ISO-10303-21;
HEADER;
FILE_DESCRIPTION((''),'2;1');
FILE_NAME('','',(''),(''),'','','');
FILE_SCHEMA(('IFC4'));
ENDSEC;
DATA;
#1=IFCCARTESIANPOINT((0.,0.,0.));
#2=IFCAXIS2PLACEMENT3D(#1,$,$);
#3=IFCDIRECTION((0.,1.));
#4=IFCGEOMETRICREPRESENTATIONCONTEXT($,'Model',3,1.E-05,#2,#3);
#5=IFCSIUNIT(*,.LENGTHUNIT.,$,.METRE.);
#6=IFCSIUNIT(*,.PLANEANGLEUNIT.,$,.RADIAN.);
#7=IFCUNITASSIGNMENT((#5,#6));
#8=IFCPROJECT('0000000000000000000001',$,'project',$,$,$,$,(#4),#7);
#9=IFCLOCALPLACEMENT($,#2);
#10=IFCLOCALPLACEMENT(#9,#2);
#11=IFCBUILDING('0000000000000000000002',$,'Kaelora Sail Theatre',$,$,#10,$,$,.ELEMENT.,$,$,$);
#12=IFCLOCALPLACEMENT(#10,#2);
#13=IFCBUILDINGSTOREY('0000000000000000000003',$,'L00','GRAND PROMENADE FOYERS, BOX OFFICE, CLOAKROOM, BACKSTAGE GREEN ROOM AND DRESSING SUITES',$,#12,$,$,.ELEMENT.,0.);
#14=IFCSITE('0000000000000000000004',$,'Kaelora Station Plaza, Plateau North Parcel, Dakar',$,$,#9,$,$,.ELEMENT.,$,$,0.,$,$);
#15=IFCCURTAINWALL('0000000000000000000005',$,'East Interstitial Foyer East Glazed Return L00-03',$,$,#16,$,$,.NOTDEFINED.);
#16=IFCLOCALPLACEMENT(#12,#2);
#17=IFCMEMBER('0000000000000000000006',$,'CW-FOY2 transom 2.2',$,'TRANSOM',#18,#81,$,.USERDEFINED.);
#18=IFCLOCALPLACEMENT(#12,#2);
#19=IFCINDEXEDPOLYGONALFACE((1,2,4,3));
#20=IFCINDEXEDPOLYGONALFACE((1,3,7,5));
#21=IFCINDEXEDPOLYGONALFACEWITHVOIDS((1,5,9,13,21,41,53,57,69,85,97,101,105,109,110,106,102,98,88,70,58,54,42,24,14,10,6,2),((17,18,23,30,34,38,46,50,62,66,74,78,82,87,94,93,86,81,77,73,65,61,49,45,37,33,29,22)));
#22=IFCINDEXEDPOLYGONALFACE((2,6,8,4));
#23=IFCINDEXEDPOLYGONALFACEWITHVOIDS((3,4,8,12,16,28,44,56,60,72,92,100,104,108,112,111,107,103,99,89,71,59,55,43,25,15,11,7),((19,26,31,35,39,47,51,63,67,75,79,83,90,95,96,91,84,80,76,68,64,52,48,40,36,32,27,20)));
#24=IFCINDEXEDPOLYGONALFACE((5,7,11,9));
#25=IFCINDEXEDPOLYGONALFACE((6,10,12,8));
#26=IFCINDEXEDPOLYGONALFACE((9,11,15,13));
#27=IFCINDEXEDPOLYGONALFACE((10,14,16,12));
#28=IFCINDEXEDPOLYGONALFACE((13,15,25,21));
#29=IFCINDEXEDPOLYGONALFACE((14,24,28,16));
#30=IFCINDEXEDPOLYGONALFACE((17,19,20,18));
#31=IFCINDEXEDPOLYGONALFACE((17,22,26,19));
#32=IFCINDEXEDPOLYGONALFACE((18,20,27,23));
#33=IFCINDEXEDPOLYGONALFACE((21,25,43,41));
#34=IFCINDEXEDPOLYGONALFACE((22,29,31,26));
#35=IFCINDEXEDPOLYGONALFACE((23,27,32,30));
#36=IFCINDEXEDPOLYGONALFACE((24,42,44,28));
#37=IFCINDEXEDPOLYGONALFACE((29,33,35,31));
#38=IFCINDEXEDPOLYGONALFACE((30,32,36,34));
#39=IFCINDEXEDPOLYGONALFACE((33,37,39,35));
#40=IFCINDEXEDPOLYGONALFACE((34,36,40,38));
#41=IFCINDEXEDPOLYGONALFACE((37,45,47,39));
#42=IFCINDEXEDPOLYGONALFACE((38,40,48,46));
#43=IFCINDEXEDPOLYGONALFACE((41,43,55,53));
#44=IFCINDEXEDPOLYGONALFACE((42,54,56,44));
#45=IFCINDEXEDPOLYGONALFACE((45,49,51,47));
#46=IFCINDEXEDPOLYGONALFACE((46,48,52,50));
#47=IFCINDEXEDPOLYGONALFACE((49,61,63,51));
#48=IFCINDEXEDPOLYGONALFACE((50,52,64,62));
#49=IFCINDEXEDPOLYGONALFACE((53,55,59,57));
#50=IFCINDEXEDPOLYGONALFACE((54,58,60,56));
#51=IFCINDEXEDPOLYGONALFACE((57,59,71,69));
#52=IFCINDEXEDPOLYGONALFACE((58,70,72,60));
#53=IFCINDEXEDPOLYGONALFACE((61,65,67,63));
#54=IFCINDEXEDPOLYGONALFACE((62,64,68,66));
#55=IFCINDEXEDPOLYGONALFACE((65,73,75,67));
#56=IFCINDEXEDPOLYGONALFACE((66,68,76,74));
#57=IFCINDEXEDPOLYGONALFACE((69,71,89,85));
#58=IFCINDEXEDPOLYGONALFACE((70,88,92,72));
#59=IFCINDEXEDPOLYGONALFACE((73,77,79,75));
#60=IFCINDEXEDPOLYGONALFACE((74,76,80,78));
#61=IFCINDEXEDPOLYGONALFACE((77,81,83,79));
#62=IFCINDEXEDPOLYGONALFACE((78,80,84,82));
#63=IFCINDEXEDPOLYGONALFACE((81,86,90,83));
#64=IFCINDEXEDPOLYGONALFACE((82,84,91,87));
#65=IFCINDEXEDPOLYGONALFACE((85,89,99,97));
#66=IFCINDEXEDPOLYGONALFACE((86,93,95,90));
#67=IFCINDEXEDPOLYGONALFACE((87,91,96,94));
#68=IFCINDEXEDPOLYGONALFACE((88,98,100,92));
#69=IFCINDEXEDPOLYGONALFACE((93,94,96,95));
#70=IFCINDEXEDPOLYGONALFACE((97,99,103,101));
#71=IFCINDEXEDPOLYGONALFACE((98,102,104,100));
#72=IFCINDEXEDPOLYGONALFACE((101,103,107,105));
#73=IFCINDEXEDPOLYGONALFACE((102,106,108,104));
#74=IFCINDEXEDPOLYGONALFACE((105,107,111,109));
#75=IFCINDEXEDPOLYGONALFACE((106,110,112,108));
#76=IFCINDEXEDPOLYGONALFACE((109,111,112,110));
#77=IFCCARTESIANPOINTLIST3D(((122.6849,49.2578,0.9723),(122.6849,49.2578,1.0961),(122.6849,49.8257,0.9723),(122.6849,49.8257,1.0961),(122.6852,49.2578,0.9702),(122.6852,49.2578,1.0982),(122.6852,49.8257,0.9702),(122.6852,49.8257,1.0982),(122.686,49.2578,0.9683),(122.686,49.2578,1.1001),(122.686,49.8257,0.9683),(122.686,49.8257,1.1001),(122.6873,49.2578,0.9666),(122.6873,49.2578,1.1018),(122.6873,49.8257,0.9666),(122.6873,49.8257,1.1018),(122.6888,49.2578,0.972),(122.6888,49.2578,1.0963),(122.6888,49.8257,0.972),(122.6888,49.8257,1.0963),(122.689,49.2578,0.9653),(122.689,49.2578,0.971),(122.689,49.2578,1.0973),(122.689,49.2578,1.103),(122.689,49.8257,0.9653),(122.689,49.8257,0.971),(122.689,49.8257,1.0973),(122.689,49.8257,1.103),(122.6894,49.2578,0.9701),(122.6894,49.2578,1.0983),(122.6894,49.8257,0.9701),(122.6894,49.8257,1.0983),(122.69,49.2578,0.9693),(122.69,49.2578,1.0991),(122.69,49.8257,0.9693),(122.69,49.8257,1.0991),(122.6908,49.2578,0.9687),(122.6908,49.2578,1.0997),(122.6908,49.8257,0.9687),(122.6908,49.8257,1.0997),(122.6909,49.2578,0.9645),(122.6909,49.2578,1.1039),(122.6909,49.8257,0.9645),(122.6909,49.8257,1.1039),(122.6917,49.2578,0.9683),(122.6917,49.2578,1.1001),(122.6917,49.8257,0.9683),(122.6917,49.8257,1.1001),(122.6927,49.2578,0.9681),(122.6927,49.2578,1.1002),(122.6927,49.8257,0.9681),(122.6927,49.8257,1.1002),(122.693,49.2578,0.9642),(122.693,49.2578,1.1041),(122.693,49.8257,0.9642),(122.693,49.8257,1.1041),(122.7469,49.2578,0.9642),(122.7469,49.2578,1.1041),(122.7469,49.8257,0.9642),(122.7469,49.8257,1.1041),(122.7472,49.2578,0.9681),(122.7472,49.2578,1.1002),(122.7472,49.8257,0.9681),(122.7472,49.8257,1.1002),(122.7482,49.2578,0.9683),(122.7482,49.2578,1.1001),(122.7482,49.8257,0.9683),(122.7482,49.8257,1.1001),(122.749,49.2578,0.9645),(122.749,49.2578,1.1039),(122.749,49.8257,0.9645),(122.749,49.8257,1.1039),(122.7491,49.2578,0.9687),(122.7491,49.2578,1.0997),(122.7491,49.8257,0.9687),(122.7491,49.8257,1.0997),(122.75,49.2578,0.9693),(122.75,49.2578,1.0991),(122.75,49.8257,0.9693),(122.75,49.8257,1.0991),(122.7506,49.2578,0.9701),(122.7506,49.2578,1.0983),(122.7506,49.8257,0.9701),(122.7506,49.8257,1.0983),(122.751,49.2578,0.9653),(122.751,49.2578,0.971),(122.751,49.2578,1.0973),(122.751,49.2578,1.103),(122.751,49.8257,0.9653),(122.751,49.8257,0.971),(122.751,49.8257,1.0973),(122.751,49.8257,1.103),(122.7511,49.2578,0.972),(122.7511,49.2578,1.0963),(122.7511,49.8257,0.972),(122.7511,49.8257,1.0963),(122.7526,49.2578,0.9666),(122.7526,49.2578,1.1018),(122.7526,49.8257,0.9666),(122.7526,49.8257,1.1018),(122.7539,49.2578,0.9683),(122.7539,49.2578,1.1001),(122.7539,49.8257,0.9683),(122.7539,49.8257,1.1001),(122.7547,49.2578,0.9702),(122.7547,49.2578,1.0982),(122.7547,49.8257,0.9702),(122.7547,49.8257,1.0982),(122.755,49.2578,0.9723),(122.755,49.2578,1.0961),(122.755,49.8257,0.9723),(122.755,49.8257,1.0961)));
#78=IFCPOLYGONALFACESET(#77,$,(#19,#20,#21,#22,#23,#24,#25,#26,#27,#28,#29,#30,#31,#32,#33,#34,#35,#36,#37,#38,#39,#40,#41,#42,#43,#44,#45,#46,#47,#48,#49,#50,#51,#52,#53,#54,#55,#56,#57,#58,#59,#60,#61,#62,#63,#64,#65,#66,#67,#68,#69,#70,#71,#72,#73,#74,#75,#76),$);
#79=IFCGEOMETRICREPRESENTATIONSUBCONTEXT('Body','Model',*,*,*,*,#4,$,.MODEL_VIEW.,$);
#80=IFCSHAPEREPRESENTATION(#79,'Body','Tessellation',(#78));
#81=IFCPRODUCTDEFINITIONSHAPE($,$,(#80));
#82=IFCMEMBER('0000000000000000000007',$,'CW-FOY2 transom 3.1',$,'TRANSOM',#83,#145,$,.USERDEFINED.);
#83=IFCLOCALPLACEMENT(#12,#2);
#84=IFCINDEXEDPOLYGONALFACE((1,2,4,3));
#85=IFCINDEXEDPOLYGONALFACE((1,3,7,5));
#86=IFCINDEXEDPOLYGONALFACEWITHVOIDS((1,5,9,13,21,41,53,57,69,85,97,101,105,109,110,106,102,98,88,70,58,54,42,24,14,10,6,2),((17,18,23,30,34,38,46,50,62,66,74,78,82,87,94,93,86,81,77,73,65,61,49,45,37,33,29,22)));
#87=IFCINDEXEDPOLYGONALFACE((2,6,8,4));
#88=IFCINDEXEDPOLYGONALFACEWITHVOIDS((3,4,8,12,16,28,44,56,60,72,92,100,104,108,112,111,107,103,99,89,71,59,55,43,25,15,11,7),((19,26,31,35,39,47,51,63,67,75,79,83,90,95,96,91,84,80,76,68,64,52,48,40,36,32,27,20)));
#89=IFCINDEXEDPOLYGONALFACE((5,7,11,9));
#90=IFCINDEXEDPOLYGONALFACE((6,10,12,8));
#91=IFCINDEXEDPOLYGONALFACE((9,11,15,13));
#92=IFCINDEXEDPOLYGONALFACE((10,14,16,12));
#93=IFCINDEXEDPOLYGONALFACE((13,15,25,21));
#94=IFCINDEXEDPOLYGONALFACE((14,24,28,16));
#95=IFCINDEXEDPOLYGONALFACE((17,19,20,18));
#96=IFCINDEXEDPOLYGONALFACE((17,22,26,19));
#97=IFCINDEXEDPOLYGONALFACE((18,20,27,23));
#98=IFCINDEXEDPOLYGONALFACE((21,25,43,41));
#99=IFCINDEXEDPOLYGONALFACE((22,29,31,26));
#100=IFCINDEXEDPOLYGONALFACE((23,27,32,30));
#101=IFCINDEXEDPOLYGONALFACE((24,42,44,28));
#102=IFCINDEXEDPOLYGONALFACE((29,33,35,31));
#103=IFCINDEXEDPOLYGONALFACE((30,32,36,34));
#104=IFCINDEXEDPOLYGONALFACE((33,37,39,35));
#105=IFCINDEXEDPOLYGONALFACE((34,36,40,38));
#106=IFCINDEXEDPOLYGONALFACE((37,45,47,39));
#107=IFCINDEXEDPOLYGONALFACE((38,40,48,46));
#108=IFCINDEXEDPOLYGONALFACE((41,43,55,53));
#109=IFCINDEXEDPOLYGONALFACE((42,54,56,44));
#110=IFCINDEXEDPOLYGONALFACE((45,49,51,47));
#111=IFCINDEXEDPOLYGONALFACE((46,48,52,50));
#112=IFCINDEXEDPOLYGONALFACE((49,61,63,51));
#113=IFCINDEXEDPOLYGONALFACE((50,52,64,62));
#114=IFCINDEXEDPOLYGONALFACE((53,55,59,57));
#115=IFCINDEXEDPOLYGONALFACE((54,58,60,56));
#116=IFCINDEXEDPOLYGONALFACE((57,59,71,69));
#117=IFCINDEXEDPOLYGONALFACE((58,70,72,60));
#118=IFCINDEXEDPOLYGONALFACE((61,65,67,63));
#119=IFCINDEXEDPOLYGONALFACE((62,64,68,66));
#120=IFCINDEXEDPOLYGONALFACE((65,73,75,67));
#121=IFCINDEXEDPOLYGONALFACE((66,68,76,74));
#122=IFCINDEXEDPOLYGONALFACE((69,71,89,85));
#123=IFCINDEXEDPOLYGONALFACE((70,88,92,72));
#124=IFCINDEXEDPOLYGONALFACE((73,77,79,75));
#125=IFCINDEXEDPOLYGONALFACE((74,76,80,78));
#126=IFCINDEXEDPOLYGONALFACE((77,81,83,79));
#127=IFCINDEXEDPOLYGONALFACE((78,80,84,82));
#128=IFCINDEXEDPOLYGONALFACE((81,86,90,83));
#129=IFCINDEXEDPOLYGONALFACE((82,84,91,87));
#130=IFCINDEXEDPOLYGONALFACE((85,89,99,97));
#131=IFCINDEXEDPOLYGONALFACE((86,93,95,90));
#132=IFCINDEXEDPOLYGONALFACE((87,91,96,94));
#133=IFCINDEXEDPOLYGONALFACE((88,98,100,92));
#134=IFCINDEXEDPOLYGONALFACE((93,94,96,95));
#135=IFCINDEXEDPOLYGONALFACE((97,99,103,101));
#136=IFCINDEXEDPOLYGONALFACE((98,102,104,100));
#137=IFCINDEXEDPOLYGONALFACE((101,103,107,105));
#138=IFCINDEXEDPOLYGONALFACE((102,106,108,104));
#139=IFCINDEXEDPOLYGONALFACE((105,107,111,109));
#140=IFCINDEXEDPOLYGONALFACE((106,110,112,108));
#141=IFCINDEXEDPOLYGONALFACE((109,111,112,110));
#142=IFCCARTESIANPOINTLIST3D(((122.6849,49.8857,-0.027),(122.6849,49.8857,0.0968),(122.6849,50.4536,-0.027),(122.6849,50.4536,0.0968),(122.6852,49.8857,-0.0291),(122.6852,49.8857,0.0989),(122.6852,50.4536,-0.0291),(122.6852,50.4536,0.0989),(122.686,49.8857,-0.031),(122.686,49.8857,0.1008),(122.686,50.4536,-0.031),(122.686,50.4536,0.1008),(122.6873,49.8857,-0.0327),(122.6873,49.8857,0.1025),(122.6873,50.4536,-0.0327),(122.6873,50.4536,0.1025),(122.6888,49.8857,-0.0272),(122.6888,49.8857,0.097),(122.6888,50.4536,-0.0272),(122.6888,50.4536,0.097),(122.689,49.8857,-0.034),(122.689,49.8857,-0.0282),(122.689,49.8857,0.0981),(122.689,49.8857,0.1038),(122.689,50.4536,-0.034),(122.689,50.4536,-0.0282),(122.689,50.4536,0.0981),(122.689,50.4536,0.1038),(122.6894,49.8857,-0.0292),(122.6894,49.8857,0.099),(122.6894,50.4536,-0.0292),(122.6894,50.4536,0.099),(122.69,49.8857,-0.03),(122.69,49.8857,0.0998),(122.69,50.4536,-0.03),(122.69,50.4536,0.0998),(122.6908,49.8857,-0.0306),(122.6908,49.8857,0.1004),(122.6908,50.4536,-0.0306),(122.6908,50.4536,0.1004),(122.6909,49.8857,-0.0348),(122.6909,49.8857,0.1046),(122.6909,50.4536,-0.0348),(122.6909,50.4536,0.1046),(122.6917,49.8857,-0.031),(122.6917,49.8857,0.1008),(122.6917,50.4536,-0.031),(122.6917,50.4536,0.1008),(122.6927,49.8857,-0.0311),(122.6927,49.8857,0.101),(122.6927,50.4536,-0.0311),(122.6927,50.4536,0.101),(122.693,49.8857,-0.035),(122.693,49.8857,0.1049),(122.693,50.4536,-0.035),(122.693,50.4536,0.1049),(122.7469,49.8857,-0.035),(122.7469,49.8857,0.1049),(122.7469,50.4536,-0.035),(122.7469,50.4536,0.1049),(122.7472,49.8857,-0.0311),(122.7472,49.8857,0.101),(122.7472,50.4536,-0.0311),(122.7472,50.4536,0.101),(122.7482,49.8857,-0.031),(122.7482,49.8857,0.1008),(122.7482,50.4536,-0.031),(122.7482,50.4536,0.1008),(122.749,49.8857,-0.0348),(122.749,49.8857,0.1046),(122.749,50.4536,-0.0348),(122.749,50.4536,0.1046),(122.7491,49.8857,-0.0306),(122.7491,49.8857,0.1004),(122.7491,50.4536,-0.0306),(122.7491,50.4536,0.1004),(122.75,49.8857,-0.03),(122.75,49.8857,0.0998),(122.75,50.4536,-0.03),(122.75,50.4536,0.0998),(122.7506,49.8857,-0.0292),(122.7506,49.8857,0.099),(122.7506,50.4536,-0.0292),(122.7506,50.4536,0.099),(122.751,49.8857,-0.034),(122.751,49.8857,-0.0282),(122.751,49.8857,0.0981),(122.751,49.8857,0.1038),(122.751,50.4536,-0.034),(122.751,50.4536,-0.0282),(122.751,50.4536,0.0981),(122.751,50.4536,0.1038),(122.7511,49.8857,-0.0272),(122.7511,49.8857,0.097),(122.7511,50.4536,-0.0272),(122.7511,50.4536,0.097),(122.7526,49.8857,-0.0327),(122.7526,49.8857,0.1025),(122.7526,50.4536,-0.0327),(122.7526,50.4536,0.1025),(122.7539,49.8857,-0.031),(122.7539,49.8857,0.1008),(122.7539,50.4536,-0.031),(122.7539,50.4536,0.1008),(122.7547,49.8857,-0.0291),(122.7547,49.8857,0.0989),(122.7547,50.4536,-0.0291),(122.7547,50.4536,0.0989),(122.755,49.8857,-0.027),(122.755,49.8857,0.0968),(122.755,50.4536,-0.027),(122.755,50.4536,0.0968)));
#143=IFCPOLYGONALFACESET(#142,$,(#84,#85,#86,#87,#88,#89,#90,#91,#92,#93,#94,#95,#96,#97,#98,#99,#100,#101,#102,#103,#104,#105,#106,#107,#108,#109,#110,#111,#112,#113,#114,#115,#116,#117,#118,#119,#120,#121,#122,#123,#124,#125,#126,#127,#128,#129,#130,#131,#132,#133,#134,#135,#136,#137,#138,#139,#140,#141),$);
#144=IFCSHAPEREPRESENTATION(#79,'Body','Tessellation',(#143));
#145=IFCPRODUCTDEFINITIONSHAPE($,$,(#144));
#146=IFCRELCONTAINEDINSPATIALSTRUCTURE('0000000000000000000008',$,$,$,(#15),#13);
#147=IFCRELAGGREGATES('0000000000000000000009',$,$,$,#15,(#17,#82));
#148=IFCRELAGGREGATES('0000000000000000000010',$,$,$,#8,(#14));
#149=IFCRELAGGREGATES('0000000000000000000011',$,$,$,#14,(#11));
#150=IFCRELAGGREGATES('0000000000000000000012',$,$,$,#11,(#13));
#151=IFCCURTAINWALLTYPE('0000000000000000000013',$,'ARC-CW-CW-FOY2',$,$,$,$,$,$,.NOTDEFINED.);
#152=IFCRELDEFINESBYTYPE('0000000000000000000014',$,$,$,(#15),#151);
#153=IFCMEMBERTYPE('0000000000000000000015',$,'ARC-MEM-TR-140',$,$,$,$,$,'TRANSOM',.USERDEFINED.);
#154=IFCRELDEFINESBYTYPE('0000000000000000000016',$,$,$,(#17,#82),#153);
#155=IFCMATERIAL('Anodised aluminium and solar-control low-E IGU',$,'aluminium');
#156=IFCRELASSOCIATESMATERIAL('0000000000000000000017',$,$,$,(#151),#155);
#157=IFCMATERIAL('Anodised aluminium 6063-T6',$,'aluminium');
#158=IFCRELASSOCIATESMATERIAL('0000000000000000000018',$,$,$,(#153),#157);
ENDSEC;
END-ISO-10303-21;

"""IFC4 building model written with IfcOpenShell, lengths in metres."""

from ifc_helpers import new_model, si_unit, direction, frame, origin, origin_2d, place, context, subcontext, project, spatial, hollow_rectangle, extrude, material, material_profile, profile_set, type_object, element, aggregate, save


model = new_model("IFC4")

# Units and contexts
model_context = context("Model", 3, precision=1e-05, world=origin(), true_north=direction((0.0, 1.0)))
body_context = subcontext(model_context, "Body", "Model", "MODEL_VIEW")
ifc_project = project(units=[si_unit("LENGTHUNIT", "METRE"), si_unit("PLANEANGLEUNIT", "RADIAN")], contexts=[model_context])

# Site, building, storey
site_placement = place(None, origin())
site = spatial("IfcSite", under=ifc_project, at=site_placement, Name="Kaelora Station Plaza, Plateau North Parcel, Dakar", CompositionType="ELEMENT", RefElevation=0.0)
building_placement = place(site_placement, origin())
building = spatial("IfcBuilding", under=site, at=building_placement, Name="Kaelora Sail Theatre", CompositionType="ELEMENT")
storey_placement = place(building_placement, origin())
storey = spatial("IfcBuildingStorey", under=building, at=storey_placement, Name="L00", Description="GRAND PROMENADE FOYERS, BOX OFFICE, CLOAKROOM, BACKSTAGE GREEN ROOM AND DRESSING SUITES", CompositionType="ELEMENT", Elevation=0.0)

# Curtain wall, members
ifc_material_1 = material(Name="Anodised aluminium and solar-control low-E IGU", Category="aluminium")
curtain_wall_type = type_object("IfcCurtainWallType", Name="ARC-CW-CW-FOY2", PredefinedType="NOTDEFINED", material=ifc_material_1)
curtain_wall_placement = place(storey_placement, origin())
curtain_wall = element("IfcCurtainWall", 1, at=curtain_wall_placement, inside=storey, type_object=curtain_wall_type, Name="East Interstitial Foyer East Glazed Return L00-03", PredefinedType="NOTDEFINED")
ifc_material_2 = material(Name="Anodised aluminium 6063-T6", Category="aluminium")
ifc_material_profile_1 = material_profile(ifc_material_2, hollow_rectangle(XDim=0.0701, YDim=0.1399, WallThickness=0.0039, InnerFilletRadius=0.0039, OuterFilletRadius=0.0081, at=origin_2d()), Name="ALU-TRAN 70x140x4")
ifc_profile_set_1 = profile_set([ifc_material_profile_1], Name="Anodised aluminium 6063-T6")
member_type_1 = type_object("IfcMemberType", Name="ARC-MEM-TR-140", ElementType="TRANSOM", PredefinedType="USERDEFINED", material=ifc_profile_set_1)
member_1_placement = place(storey_placement, frame((122.72, 49.2578, 1.0342), z_axis=(0.0, 1.0, 0.0), x_axis=(-1.0, 0.0, 0.0)))
member_1 = element("IfcMember", 2, at=member_1_placement, type_object=member_type_1, Name="CW-FOY2 transom 2.2", ObjectType="TRANSOM", PredefinedType="USERDEFINED", context=body_context, shape_type="SweptSolid", body=[
    extrude(hollow_rectangle(XDim=0.0701, YDim=0.1399, WallThickness=0.0039, InnerFilletRadius=0.0039, OuterFilletRadius=0.0081, at=origin_2d()), origin(), (0.0, 0.0, 1.0), 0.5679),
])
member_2_placement = place(storey_placement, frame((122.72, 49.8857, 0.0349), z_axis=(0.0, 1.0, 0.0), x_axis=(-1.0, 0.0, 0.0)))
member_2 = element("IfcMember", 3, at=member_2_placement, type_object=member_type_1, Name="CW-FOY2 transom 3.1", ObjectType="TRANSOM", PredefinedType="USERDEFINED", context=body_context, shape_type="SweptSolid", body=[
    extrude(hollow_rectangle(XDim=0.0701, YDim=0.1399, WallThickness=0.0039, InnerFilletRadius=0.0039, OuterFilletRadius=0.0081, at=origin_2d()), origin(), (0.0, 0.0, 1.0), 0.5679),
])
aggregate(curtain_wall, [member_1, member_2])

save(model, "model.ifc")
